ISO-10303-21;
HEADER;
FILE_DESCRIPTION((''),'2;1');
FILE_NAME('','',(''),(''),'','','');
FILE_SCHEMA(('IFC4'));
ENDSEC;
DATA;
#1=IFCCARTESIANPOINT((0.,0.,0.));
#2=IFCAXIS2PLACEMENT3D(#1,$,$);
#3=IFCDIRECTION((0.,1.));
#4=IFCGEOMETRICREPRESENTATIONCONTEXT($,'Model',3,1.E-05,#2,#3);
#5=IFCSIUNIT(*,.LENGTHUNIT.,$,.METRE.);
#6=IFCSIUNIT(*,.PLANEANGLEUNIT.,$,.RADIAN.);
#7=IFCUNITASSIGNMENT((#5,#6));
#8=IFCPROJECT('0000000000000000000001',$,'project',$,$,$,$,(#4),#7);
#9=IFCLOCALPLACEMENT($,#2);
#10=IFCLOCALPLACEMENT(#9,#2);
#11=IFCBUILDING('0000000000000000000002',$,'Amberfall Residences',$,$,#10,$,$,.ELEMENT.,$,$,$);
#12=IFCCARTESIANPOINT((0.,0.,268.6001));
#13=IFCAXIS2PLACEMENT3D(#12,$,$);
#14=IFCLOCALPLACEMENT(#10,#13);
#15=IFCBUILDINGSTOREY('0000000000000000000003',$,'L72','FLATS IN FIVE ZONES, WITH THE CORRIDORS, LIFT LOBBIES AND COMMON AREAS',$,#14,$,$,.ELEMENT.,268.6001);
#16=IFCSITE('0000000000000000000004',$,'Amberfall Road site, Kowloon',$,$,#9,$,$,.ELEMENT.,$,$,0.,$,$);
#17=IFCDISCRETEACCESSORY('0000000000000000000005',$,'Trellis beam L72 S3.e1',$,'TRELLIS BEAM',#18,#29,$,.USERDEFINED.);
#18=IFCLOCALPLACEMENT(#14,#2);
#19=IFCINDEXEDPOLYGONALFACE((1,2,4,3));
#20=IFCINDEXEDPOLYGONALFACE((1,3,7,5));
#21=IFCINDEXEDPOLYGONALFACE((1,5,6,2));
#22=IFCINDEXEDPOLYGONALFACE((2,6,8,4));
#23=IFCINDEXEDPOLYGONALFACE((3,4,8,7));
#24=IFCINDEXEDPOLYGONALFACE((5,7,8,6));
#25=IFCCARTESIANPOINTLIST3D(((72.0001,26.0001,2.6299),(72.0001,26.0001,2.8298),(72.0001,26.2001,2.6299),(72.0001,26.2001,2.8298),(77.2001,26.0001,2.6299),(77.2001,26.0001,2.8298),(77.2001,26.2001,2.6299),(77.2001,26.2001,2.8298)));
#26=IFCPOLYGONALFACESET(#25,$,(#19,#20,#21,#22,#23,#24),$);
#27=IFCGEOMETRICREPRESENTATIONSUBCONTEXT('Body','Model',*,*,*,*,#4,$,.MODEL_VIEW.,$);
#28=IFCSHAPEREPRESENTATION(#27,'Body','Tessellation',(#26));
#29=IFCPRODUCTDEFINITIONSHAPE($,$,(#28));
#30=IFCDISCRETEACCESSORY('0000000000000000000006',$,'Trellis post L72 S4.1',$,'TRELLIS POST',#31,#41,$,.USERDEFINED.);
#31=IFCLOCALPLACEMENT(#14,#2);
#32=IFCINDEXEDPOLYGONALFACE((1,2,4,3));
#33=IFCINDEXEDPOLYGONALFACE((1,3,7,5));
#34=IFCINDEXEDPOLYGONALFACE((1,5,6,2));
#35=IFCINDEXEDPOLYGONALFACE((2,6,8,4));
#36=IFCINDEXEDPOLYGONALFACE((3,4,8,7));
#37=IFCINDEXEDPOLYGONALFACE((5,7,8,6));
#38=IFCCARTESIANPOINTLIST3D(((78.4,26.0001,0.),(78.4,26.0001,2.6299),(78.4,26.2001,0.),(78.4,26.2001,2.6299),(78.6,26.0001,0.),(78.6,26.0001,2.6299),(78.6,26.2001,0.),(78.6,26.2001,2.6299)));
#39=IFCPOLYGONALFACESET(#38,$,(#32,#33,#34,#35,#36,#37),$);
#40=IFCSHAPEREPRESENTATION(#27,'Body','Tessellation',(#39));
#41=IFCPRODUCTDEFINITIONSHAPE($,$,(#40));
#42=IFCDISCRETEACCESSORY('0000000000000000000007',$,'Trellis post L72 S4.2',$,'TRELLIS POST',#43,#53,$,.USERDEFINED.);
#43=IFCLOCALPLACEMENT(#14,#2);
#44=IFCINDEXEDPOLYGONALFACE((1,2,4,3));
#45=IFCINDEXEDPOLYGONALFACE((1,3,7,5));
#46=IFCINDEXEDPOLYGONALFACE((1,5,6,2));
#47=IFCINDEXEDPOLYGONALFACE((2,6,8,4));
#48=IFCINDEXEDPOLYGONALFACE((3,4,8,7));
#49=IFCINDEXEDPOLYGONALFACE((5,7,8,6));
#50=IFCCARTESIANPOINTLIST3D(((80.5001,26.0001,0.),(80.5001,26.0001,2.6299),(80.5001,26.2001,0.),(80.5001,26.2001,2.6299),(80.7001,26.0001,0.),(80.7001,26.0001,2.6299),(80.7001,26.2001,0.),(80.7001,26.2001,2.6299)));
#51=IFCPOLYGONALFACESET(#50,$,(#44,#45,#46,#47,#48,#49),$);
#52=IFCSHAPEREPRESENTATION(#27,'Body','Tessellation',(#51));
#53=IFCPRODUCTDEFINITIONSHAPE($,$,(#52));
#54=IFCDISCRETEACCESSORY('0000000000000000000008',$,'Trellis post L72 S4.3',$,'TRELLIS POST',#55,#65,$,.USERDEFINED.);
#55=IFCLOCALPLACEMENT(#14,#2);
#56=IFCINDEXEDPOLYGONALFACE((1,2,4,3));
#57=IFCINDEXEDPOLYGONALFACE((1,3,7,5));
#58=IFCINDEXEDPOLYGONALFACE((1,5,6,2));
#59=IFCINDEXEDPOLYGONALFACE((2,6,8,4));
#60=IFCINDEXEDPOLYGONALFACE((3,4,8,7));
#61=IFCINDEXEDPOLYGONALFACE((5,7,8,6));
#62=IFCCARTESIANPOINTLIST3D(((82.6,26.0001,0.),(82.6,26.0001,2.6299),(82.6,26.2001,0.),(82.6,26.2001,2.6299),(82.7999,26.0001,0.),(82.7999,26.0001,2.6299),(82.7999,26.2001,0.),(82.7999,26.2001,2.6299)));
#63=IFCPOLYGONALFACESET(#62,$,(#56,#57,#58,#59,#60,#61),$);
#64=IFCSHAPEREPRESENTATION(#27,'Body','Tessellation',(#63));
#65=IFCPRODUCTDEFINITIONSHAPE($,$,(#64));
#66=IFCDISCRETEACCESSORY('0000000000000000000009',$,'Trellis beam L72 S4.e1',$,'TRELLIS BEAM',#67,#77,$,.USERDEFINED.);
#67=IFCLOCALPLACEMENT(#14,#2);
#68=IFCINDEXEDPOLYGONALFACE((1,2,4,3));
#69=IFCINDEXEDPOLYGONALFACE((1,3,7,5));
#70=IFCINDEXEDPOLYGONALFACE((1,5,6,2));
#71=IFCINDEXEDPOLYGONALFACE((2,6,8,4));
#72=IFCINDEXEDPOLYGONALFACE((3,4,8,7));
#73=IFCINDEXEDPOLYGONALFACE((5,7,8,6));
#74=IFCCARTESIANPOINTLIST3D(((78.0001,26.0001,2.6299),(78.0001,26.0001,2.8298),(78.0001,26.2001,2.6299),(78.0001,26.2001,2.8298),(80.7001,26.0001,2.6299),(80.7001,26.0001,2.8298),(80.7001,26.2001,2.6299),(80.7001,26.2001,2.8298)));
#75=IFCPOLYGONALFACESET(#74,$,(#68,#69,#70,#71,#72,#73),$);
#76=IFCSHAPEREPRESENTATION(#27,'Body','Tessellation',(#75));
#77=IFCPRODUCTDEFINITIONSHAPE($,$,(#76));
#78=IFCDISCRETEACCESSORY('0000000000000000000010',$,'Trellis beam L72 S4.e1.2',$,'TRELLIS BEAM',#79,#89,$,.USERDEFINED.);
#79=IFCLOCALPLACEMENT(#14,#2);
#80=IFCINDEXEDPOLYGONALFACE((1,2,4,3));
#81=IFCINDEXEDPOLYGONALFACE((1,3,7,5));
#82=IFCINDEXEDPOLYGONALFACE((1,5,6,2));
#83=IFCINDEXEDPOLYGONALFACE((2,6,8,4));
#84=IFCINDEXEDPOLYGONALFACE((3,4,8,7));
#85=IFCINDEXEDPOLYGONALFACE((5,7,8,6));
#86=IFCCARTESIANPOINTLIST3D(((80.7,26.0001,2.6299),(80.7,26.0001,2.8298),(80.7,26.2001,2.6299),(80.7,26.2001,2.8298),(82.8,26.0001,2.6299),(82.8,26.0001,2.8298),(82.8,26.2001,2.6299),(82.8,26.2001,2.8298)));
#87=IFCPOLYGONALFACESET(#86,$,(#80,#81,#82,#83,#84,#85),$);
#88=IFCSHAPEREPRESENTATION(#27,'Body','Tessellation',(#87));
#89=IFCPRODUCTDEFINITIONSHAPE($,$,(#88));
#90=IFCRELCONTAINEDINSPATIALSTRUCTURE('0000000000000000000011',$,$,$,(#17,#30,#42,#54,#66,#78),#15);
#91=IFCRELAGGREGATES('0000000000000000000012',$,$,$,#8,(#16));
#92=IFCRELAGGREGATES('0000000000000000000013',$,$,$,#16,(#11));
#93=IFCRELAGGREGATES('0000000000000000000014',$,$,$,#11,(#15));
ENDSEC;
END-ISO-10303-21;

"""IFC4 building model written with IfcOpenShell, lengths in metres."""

from ifc_helpers import new_model, si_unit, direction, frame, origin, origin_2d, place, context, subcontext, project, spatial, rectangle, extrude, element, save


model = new_model("IFC4")

# Units and contexts
model_context = context("Model", 3, precision=1e-05, world=origin(), true_north=direction((0.0, 1.0)))
body_context = subcontext(model_context, "Body", "Model", "MODEL_VIEW")
ifc_project = project(units=[si_unit("LENGTHUNIT", "METRE"), si_unit("PLANEANGLEUNIT", "RADIAN")], contexts=[model_context])

# Site, building, storey
site_placement = place(None, origin())
site = spatial("IfcSite", under=ifc_project, at=site_placement, Name="Amberfall Road site, Kowloon", CompositionType="ELEMENT", RefElevation=0.0)
building_placement = place(site_placement, origin())
building = spatial("IfcBuilding", under=site, at=building_placement, Name="Amberfall Residences", CompositionType="ELEMENT")
storey_placement = place(building_placement, frame((0.0, 0.0, 268.6001)))
storey = spatial("IfcBuildingStorey", under=building, at=storey_placement, Name="L72", Description="FLATS IN FIVE ZONES, WITH THE CORRIDORS, LIFT LOBBIES AND COMMON AREAS", CompositionType="ELEMENT", Elevation=268.6001)

# Discrete accessories
discrete_accessory_1_placement = place(storey_placement, frame((74.6001, 26.1001, 2.6299), z_axis=(0.0, 0.0, 1.0), x_axis=(1.0, 0.0, 0.0)))
element("IfcDiscreteAccessory", 1, at=discrete_accessory_1_placement, inside=storey, Name="Trellis beam L72 S3.e1", ObjectType="TRELLIS BEAM", PredefinedType="USERDEFINED", context=body_context, shape_type="SweptSolid", body=[
    extrude(rectangle(XDim=5.2, YDim=0.2, at=origin_2d()), origin(), (0.0, 0.0, 1.0), 0.2),
])
for number, where, z_axis, x_axis, name in (
    (2, (78.5, 26.1001, 0.0), (0.0, 0.0, 1.0), (1.0, 0.0, 0.0), "Trellis post L72 S4.1"),
    (3, (80.6001, 26.1001, 0.0), (0.0, 0.0, 1.0), (1.0, 0.0, 0.0), "Trellis post L72 S4.2"),
    (4, (82.7, 26.1001, 0.0), (0.0, 0.0, 1.0), (1.0, 0.0, 0.0), "Trellis post L72 S4.3"),
):
    element("IfcDiscreteAccessory", number, at=place(storey_placement, frame(where, z_axis=z_axis, x_axis=x_axis)), inside=storey, Name=name, ObjectType="TRELLIS POST", PredefinedType="USERDEFINED", context=body_context, shape_type="SweptSolid", body=[
        extrude(rectangle(XDim=0.2, YDim=0.2, at=origin_2d()), origin(), (0.0, 0.0, 1.0), 2.6299),
    ])
discrete_accessory_2_placement = place(storey_placement, frame((79.3501, 26.1001, 2.6299), z_axis=(0.0, 0.0, 1.0), x_axis=(1.0, 0.0, 0.0)))
element("IfcDiscreteAccessory", 5, at=discrete_accessory_2_placement, inside=storey, Name="Trellis beam L72 S4.e1", ObjectType="TRELLIS BEAM", PredefinedType="USERDEFINED", context=body_context, shape_type="SweptSolid", body=[
    extrude(rectangle(XDim=2.7, YDim=0.2, at=origin_2d()), origin(), (0.0, 0.0, 1.0), 0.2),
])
discrete_accessory_3_placement = place(storey_placement, frame((81.75, 26.1001, 2.6299), z_axis=(0.0, 0.0, 1.0), x_axis=(1.0, 0.0, 0.0)))
element("IfcDiscreteAccessory", 6, at=discrete_accessory_3_placement, inside=storey, Name="Trellis beam L72 S4.e1.2", ObjectType="TRELLIS BEAM", PredefinedType="USERDEFINED", context=body_context, shape_type="SweptSolid", body=[
    extrude(rectangle(XDim=2.1001, YDim=0.2, at=origin_2d()), origin(), (0.0, 0.0, 1.0), 0.2),
])

save(model, "model.ifc")
